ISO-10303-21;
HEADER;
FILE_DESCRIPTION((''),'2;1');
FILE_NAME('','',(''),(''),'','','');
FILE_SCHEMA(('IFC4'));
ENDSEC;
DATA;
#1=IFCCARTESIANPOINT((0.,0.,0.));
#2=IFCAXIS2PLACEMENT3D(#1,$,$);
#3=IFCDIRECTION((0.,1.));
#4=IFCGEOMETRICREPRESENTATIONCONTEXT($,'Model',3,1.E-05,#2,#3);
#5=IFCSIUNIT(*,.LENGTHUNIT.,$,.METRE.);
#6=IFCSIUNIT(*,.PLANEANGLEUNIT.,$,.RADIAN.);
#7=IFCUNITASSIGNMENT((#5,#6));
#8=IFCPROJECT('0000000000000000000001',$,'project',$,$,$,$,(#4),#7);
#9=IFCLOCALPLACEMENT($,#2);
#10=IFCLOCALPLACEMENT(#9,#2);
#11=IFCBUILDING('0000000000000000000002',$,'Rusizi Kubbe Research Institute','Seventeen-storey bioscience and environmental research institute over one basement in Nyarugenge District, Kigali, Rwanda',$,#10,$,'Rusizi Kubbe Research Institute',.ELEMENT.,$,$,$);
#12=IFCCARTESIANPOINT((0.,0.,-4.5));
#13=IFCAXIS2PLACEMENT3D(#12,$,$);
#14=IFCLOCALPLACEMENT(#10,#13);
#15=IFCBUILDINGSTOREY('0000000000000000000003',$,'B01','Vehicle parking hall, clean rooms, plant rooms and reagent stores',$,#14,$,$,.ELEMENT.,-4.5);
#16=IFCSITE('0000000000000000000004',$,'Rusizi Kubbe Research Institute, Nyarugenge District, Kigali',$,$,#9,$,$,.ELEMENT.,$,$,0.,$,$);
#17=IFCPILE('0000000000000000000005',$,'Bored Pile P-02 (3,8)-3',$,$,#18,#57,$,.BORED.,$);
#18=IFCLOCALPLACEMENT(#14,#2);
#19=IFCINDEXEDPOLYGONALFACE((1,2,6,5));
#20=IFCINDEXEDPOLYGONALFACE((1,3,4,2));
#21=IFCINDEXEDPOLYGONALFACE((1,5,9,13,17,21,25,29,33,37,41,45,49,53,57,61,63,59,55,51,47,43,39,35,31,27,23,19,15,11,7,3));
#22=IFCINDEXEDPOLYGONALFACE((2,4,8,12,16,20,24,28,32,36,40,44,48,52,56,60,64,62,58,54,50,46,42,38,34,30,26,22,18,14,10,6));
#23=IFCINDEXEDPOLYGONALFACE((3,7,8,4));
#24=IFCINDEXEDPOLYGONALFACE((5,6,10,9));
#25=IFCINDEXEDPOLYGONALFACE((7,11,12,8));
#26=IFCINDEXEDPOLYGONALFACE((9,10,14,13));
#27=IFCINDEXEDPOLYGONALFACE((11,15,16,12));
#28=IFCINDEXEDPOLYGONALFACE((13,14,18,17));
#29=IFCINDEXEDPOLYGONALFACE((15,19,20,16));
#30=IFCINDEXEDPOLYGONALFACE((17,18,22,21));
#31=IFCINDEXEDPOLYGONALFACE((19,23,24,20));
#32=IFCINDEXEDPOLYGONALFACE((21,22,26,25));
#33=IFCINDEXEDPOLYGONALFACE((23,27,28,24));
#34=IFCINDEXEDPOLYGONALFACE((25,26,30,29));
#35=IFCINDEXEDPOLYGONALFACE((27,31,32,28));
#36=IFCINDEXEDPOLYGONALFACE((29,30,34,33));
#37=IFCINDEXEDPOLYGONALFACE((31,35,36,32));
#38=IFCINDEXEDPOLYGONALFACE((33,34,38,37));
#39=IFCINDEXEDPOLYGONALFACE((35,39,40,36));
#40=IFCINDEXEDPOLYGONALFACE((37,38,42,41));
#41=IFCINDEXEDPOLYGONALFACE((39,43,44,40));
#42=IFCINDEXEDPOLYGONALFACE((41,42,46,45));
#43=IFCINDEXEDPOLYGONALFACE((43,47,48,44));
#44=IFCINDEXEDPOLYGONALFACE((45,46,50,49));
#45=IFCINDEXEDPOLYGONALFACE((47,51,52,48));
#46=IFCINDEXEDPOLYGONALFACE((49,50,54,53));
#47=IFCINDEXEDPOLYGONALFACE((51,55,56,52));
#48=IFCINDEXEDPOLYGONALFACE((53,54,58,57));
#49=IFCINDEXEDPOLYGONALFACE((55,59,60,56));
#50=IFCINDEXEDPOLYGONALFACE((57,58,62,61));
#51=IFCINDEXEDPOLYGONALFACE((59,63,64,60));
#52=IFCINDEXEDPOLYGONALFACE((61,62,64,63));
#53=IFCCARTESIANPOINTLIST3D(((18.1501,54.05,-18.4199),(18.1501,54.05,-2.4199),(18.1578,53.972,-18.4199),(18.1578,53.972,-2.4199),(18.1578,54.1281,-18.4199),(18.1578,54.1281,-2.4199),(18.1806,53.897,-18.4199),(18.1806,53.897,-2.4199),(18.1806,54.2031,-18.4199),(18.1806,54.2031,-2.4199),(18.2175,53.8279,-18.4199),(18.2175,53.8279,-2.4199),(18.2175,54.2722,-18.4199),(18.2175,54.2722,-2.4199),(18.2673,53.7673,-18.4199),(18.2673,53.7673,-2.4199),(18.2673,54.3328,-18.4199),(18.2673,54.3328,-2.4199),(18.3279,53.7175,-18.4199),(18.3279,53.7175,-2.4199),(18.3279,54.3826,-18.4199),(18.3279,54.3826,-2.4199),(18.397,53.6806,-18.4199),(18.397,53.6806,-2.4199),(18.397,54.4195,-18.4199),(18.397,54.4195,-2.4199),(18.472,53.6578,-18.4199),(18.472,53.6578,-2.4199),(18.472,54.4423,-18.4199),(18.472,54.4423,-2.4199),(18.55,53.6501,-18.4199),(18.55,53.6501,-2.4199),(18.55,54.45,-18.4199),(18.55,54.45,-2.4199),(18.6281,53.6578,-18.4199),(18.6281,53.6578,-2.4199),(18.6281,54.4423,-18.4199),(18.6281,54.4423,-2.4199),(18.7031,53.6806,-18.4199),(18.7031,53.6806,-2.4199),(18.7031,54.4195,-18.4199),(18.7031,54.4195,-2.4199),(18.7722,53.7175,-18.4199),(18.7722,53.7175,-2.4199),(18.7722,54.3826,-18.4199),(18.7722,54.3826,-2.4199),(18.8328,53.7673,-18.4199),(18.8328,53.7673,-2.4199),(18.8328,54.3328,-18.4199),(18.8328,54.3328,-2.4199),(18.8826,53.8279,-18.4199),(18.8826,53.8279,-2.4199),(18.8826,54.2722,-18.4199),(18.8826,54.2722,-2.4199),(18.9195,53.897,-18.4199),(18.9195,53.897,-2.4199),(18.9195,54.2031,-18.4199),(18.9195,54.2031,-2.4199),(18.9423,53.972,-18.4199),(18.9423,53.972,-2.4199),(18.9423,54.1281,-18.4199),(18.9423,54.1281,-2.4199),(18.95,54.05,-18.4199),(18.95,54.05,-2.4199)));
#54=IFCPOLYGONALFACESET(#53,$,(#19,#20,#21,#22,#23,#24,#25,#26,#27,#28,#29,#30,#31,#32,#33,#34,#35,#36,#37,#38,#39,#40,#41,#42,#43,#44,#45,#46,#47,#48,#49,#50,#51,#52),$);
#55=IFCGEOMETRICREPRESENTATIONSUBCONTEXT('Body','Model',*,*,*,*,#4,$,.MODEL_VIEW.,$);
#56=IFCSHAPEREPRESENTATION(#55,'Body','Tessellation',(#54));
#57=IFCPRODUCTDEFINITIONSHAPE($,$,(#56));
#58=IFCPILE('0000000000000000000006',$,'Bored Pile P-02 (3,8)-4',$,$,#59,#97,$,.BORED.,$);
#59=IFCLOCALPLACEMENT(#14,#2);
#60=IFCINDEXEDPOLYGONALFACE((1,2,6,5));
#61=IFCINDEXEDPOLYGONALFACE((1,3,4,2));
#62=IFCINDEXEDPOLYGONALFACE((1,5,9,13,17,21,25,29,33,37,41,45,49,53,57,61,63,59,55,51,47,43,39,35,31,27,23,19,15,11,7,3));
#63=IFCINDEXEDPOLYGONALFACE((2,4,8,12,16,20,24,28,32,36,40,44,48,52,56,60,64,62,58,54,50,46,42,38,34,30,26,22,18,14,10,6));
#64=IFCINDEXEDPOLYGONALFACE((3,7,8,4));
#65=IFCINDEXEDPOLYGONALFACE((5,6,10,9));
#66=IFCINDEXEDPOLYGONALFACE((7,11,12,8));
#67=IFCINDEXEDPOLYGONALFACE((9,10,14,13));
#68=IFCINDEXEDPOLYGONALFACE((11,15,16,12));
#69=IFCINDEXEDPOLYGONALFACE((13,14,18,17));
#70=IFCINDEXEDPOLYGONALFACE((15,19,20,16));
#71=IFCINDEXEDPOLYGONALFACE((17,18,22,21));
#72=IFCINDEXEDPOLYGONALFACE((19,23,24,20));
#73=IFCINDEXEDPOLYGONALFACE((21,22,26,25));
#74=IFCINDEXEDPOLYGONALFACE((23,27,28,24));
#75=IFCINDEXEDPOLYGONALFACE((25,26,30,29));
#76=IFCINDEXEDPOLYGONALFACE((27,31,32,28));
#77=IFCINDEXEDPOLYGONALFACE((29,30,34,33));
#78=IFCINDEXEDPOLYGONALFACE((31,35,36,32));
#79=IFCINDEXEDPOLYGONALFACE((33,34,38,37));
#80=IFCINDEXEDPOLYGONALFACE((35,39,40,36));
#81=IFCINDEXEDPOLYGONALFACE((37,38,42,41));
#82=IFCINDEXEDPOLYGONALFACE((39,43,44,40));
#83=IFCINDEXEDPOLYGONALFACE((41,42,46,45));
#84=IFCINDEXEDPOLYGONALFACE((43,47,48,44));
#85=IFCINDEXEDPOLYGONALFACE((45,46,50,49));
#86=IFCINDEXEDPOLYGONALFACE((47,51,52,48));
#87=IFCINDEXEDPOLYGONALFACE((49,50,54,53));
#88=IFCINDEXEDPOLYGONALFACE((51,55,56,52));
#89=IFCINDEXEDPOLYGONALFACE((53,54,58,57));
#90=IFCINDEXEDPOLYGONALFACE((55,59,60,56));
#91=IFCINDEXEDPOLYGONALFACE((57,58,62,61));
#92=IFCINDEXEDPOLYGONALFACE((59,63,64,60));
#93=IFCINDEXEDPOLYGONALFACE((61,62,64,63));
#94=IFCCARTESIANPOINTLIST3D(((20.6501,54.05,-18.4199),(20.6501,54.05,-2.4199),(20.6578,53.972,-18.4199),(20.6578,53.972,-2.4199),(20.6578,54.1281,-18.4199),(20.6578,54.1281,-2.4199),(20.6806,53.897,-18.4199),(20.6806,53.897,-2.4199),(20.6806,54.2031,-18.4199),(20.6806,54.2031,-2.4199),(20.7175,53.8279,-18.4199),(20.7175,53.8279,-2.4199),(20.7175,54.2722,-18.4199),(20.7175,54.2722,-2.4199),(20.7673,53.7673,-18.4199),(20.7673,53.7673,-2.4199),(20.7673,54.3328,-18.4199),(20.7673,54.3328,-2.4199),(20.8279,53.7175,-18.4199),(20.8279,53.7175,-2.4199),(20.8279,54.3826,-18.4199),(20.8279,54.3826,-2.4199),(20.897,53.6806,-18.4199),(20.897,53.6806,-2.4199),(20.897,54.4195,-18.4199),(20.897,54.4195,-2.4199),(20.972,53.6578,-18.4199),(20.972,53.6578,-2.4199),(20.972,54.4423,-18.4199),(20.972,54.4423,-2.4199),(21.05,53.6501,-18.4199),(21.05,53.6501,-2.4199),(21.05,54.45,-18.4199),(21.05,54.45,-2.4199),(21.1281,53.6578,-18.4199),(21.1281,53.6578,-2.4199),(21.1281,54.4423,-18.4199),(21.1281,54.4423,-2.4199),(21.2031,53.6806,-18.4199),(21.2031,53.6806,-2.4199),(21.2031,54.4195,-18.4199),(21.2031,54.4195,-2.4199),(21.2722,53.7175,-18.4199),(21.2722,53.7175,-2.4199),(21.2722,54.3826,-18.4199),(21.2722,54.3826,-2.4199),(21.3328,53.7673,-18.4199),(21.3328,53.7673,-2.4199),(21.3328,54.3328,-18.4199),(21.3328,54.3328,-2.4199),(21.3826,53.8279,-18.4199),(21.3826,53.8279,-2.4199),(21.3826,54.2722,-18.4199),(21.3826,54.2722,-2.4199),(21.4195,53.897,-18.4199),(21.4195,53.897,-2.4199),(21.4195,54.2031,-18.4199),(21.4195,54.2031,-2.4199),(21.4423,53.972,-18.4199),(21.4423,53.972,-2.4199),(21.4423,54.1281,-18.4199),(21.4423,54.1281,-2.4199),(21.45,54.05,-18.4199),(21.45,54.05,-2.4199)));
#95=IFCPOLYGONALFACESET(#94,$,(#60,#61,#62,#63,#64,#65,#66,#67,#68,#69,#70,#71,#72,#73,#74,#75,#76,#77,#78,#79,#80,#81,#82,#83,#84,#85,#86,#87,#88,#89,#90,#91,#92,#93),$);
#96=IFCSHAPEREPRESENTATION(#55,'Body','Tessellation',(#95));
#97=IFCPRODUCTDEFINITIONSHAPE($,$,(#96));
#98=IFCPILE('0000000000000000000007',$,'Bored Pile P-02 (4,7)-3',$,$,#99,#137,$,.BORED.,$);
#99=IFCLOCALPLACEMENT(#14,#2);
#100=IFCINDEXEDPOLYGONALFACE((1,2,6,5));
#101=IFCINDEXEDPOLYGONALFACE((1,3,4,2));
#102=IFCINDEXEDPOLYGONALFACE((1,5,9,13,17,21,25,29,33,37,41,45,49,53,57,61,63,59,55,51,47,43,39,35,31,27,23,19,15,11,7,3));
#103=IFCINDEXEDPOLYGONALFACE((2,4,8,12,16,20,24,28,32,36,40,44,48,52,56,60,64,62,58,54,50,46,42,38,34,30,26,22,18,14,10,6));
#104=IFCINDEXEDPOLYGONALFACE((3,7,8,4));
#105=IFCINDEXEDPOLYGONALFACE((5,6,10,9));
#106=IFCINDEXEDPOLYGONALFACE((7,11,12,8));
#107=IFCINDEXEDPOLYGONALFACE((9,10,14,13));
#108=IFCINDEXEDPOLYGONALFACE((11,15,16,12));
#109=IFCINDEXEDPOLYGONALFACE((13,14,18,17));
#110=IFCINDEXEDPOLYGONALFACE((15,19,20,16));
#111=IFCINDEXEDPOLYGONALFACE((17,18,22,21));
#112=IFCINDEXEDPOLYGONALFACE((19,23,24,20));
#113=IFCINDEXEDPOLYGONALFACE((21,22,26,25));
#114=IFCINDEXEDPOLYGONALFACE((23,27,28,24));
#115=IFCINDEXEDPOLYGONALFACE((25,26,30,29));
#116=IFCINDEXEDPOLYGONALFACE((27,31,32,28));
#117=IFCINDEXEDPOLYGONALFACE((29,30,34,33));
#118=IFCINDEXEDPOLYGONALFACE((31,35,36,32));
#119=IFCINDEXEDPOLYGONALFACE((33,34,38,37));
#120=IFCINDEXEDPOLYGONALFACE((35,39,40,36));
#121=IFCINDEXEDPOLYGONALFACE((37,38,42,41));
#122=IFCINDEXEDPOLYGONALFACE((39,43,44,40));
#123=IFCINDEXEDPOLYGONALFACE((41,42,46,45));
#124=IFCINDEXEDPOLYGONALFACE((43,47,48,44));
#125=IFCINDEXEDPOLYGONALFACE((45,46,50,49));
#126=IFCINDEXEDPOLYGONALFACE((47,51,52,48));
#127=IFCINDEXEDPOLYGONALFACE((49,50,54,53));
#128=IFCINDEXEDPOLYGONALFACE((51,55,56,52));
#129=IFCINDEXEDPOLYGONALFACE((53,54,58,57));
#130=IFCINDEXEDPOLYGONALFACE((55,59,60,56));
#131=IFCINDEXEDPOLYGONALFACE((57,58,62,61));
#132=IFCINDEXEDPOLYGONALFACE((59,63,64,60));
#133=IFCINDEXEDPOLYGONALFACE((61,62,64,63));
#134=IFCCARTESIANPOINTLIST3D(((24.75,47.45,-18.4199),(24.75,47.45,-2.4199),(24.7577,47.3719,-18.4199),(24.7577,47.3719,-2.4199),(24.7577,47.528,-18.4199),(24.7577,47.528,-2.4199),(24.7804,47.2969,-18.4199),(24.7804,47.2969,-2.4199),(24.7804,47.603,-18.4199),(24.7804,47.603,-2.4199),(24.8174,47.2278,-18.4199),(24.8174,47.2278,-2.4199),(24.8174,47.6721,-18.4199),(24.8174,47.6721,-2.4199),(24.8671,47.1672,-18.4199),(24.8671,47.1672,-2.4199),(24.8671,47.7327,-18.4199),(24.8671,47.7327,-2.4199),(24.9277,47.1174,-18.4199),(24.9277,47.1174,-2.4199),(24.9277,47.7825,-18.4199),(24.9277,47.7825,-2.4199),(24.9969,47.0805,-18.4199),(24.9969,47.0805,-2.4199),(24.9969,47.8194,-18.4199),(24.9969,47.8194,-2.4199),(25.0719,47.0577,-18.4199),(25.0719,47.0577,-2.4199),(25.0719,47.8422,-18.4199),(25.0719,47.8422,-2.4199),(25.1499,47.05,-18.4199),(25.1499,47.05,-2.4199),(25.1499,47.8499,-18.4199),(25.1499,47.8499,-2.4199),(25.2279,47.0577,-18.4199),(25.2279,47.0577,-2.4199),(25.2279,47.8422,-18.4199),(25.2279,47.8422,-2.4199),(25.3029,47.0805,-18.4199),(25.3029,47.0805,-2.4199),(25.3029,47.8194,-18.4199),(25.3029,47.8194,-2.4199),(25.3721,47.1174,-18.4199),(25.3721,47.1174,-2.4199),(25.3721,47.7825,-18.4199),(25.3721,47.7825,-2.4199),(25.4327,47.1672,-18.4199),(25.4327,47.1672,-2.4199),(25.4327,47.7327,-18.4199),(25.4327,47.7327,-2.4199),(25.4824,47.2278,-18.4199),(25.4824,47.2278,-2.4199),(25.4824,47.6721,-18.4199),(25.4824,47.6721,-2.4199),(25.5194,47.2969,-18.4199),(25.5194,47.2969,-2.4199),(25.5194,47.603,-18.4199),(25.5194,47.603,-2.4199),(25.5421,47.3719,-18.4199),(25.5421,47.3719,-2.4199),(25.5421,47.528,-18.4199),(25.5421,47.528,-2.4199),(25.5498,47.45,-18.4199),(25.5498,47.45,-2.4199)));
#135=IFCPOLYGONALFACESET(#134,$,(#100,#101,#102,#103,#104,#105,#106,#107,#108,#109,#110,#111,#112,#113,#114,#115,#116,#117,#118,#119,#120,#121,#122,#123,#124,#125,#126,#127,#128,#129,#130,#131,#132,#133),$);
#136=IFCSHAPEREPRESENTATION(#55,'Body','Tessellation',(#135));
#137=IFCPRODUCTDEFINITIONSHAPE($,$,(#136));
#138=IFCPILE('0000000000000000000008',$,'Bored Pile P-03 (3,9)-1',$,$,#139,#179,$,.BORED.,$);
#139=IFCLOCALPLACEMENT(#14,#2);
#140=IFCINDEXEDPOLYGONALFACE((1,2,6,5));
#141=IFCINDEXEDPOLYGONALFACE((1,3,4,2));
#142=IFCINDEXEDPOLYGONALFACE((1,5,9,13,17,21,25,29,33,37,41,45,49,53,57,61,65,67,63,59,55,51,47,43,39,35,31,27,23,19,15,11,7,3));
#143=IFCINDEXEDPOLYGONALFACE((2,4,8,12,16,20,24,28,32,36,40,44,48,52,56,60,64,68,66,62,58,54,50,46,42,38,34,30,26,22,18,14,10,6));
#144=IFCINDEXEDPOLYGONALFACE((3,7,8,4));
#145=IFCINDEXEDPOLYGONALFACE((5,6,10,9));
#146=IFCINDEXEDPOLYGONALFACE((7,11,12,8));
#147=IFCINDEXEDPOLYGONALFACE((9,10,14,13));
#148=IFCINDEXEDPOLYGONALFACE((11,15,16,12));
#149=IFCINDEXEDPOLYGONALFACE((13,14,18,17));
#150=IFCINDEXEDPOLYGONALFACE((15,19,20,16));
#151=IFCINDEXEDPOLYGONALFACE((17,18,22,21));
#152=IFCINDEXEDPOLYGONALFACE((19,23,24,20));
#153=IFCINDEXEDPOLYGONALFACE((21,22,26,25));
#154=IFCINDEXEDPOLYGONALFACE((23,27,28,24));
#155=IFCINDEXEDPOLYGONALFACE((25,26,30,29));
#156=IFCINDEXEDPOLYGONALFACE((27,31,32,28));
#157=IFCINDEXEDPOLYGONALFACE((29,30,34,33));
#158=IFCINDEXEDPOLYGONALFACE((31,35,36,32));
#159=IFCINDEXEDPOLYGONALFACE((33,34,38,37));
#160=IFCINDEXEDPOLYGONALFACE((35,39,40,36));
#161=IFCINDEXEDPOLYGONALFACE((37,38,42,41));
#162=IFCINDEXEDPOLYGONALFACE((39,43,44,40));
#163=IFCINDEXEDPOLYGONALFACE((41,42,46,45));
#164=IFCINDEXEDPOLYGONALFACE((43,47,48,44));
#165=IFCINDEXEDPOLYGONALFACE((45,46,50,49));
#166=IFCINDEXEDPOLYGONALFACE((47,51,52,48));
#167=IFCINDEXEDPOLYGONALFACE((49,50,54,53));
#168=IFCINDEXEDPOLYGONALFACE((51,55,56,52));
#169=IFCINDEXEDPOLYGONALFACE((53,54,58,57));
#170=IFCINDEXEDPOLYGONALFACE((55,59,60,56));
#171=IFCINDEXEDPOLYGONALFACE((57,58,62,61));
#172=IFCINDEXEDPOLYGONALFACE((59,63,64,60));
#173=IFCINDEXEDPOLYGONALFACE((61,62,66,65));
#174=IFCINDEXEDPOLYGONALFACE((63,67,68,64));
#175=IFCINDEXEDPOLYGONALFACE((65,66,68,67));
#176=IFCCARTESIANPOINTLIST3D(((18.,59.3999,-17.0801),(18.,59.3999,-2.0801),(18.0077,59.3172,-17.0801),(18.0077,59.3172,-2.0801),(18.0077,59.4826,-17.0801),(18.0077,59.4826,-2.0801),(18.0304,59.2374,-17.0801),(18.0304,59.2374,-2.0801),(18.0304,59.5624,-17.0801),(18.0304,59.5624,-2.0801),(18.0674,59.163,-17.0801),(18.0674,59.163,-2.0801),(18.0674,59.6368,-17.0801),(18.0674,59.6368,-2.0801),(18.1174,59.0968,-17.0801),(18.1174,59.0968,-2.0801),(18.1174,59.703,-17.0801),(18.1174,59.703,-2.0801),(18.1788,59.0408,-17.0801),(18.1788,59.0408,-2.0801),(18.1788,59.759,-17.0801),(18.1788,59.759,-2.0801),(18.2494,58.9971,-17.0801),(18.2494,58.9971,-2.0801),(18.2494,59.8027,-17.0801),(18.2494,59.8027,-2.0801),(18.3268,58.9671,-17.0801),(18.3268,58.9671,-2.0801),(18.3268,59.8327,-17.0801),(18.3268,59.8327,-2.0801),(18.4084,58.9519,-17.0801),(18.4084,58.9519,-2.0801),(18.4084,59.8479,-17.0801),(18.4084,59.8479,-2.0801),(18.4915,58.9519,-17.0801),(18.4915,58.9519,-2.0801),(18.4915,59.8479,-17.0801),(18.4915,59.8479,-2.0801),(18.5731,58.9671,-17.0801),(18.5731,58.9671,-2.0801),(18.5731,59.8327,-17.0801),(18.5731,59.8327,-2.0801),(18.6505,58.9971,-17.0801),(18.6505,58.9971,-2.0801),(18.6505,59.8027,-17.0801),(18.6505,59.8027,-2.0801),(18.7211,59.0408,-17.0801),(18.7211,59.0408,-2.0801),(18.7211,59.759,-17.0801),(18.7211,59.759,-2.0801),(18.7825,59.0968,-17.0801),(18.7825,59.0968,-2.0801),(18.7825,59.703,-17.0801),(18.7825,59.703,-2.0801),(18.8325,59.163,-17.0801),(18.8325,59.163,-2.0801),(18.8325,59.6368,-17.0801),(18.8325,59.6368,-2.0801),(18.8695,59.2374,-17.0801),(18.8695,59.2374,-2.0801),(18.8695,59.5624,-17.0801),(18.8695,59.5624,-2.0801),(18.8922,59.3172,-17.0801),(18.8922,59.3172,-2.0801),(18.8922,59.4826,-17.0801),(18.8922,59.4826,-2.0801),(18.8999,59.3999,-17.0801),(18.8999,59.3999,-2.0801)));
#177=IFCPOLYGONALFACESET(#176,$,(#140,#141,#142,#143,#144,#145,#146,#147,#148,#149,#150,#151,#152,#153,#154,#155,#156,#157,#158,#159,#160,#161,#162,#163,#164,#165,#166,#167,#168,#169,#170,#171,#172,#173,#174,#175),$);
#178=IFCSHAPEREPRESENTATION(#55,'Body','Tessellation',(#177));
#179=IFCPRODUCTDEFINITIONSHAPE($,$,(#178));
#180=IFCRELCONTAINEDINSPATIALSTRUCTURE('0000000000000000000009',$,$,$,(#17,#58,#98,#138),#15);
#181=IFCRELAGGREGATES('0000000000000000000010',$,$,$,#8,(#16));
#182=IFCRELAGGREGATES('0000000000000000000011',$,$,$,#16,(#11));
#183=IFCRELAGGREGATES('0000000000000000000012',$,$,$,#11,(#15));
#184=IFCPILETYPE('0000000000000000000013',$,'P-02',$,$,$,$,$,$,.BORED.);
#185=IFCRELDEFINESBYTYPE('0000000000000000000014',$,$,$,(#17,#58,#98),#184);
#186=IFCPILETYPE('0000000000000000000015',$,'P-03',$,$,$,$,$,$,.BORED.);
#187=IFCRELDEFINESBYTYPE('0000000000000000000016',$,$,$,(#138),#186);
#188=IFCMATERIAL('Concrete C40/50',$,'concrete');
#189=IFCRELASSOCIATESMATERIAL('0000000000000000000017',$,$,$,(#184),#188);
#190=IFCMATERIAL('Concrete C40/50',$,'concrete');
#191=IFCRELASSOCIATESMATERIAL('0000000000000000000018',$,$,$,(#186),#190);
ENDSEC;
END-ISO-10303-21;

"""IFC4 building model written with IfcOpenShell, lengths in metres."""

from ifc_helpers import new_model, si_unit, direction, frame, origin, origin_2d, place, context, subcontext, project, spatial, circle, extrude, material, material_profile, profile_set, type_object, element, save


model = new_model("IFC4")

# Units and contexts
model_context = context("Model", 3, precision=1e-05, world=origin(), true_north=direction((0.0, 1.0)))
body_context = subcontext(model_context, "Body", "Model", "MODEL_VIEW")
ifc_project = project(units=[si_unit("LENGTHUNIT", "METRE"), si_unit("PLANEANGLEUNIT", "RADIAN")], contexts=[model_context])

# Site, building, storey
site_placement = place(None, origin())
site = spatial("IfcSite", under=ifc_project, at=site_placement, Name="Rusizi Kubbe Research Institute, Nyarugenge District, Kigali", CompositionType="ELEMENT", RefElevation=0.0)
building_placement = place(site_placement, origin())
building = spatial("IfcBuilding", under=site, at=building_placement, Name="Rusizi Kubbe Research Institute", Description="Seventeen-storey bioscience and environmental research institute over one basement in Nyarugenge District, Kigali, Rwanda", LongName="Rusizi Kubbe Research Institute", CompositionType="ELEMENT")
storey_placement = place(building_placement, frame((0.0, 0.0, -4.5)))
storey = spatial("IfcBuildingStorey", under=building, at=storey_placement, Name="B01", Description="Vehicle parking hall, clean rooms, plant rooms and reagent stores", CompositionType="ELEMENT", Elevation=-4.5)

# Piles
ifc_material_1 = material(Name="Concrete C40/50", Category="concrete")
ifc_material_profile_1 = material_profile(ifc_material_1, circle(Radius=0.3999, at=origin_2d()), Name="PILE-D800")
ifc_profile_set_1 = profile_set([ifc_material_profile_1], Name="Concrete C40/50")
pile_type_1 = type_object("IfcPileType", Name="P-02", PredefinedType="BORED", material=ifc_profile_set_1)
for number, where, z_axis, x_axis, name in (
    (1, (18.55, 54.05, -2.4199), (0.0, 0.0, -1.0), (1.0, 0.0, 0.0), "Bored Pile P-02 (3,8)-3"),
    (2, (21.05, 54.05, -2.4199), (0.0, 0.0, -1.0), (1.0, 0.0, 0.0), "Bored Pile P-02 (3,8)-4"),
    (3, (25.1499, 47.45, -2.4199), (0.0, 0.0, -1.0), (1.0, 0.0, 0.0), "Bored Pile P-02 (4,7)-3"),
):
    element("IfcPile", number, at=place(storey_placement, frame(where, z_axis=z_axis, x_axis=x_axis)), inside=storey, type_object=pile_type_1, Name=name, PredefinedType="BORED", context=body_context, shape_type="SweptSolid", body=[
        extrude(circle(Radius=0.3999, at=origin_2d()), origin(), (0.0, 0.0, 1.0), 16.0),
    ])
ifc_material_2 = material(Name="Concrete C40/50", Category="concrete")
ifc_material_profile_2 = material_profile(ifc_material_2, circle(Radius=0.45, at=origin_2d()), Name="PILE-D900")
ifc_profile_set_2 = profile_set([ifc_material_profile_2], Name="Concrete C40/50")
pile_type_2 = type_object("IfcPileType", Name="P-03", PredefinedType="BORED", material=ifc_profile_set_2)
for number, where, z_axis, x_axis, name in (
    (4, (18.45, 59.3999, -2.0801), (0.0, 0.0, -1.0), (1.0, 0.0, 0.0), "Bored Pile P-03 (3,9)-1"),
):
    element("IfcPile", number, at=place(storey_placement, frame(where, z_axis=z_axis, x_axis=x_axis)), inside=storey, type_object=pile_type_2, Name=name, PredefinedType="BORED", context=body_context, shape_type="SweptSolid", body=[
        extrude(circle(Radius=0.45, at=origin_2d()), origin(), (0.0, 0.0, 1.0), 15.0),
    ])

save(model, "model.ifc")
